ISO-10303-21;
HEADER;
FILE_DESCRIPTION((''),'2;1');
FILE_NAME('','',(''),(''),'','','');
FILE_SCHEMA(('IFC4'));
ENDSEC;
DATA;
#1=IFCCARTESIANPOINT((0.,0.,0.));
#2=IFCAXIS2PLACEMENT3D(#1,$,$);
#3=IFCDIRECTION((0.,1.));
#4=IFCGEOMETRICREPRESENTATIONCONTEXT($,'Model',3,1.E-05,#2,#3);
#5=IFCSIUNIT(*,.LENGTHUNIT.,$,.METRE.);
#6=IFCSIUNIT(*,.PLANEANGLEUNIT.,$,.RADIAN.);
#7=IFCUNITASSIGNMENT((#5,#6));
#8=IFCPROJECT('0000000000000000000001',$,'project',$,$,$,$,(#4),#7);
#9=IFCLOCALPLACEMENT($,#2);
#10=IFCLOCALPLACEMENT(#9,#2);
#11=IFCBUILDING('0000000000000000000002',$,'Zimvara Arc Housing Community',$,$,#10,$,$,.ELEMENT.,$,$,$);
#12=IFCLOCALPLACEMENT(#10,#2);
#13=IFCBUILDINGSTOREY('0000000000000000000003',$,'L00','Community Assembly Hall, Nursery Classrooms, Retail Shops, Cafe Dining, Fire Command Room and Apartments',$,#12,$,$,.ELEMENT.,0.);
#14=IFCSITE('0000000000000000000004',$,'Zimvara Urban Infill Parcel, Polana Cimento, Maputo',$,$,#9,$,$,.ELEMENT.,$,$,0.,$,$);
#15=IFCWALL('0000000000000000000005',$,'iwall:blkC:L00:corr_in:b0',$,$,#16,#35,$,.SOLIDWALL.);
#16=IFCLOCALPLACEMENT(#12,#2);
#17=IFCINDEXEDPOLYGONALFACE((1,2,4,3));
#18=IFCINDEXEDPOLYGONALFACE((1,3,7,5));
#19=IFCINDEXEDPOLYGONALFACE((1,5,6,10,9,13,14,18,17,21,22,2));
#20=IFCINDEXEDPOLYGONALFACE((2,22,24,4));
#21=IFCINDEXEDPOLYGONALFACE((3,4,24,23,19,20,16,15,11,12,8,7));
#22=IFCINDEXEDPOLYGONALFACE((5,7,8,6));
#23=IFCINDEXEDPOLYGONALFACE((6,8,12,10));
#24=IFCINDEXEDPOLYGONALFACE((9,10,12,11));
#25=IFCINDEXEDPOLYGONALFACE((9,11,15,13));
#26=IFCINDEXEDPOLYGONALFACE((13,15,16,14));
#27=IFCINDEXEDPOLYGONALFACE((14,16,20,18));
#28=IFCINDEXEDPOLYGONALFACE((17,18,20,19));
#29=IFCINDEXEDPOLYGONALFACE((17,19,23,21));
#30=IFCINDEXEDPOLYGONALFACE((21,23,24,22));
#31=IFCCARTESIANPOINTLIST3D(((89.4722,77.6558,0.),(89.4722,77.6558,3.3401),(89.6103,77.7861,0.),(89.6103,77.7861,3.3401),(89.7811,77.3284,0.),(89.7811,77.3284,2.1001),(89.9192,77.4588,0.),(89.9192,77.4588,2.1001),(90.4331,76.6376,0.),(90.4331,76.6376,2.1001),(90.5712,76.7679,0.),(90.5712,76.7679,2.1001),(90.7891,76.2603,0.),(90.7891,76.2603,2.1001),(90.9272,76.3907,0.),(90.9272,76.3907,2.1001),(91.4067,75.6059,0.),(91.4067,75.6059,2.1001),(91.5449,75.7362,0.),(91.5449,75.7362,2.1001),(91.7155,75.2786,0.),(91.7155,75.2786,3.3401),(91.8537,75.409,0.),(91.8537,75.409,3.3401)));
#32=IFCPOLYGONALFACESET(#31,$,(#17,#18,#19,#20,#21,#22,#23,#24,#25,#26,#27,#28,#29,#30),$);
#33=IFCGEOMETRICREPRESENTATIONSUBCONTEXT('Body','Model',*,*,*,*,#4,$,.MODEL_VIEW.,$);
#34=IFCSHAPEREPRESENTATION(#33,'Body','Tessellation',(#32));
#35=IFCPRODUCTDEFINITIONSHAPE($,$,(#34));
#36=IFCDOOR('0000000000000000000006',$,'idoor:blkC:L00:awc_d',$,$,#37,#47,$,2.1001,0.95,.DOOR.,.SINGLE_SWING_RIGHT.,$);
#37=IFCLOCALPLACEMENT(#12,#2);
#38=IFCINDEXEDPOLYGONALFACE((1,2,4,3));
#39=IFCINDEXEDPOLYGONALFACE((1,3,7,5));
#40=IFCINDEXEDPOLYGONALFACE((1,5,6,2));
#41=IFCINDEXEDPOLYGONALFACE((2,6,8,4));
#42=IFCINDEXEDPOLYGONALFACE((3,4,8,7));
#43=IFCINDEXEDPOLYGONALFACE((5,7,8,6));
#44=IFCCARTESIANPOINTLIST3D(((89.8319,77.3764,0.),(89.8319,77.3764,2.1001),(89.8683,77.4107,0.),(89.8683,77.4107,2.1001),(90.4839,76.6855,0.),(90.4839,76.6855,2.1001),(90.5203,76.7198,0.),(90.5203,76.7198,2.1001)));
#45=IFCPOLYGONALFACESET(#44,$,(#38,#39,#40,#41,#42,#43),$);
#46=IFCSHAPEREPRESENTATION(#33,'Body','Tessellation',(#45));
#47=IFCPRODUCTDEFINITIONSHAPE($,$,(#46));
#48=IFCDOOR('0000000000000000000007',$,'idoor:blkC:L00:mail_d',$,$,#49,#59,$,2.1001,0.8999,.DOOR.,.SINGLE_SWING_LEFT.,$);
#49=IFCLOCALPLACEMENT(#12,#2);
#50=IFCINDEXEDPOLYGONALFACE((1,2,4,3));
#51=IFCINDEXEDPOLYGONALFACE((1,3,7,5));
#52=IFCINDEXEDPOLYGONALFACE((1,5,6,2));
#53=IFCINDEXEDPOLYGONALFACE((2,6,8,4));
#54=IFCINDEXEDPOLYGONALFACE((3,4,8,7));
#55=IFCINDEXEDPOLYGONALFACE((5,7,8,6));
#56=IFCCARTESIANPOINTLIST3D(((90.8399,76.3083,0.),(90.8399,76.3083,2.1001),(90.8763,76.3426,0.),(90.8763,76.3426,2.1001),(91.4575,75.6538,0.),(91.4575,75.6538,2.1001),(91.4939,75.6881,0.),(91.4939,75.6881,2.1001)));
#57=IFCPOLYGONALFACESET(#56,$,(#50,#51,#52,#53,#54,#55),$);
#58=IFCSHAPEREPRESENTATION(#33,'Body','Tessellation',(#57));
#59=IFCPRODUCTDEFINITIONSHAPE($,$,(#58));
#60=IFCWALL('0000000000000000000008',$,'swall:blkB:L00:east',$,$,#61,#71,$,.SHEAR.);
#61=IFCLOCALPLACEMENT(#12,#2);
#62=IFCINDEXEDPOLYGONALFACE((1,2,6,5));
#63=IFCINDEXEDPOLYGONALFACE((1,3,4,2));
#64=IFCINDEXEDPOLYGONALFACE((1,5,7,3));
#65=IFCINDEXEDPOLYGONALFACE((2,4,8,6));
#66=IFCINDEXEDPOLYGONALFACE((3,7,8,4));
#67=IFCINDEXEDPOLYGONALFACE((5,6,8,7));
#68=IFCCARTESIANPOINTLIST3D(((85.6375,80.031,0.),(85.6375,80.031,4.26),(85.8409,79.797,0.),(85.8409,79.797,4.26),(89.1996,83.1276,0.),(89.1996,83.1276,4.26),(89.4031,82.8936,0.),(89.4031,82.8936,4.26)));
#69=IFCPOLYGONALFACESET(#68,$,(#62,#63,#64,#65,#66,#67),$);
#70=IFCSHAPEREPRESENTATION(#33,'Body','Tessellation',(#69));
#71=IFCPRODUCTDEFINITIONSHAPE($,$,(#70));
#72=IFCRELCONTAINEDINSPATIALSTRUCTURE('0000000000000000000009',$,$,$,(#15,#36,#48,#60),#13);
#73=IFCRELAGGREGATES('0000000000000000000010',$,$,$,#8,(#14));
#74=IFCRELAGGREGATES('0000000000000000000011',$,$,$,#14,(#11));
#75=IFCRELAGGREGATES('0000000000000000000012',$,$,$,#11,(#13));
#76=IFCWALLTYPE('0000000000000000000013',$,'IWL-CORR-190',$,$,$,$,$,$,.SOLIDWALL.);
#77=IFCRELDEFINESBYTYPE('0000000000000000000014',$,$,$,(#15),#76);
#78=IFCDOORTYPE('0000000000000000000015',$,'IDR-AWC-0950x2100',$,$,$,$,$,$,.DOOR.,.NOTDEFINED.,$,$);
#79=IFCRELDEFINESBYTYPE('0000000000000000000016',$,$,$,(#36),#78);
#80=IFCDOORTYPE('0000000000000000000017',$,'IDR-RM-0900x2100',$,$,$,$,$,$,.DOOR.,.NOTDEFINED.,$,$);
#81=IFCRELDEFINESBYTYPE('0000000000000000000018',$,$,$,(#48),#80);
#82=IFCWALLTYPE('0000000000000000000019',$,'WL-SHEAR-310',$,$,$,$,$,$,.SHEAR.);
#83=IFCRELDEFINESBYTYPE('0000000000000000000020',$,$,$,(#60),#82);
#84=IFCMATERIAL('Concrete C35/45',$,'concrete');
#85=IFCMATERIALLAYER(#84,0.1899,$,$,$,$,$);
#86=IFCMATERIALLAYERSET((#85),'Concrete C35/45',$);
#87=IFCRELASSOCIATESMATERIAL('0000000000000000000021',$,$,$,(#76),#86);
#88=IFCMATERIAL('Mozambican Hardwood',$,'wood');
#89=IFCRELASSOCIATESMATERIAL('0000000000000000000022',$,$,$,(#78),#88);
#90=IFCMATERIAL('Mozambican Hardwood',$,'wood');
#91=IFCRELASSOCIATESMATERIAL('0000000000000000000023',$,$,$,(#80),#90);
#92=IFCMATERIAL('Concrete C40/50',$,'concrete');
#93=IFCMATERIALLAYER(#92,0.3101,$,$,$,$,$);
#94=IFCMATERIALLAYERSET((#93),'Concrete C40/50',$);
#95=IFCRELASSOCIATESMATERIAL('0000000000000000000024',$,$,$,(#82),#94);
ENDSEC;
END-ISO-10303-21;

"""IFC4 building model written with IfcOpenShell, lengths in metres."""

from ifc_helpers import new_model, si_unit, direction, frame, frame_2d, origin, place, context, subcontext, project, spatial, rectangle, extrude, material, layer, layer_set, type_object, element, fill, save


model = new_model("IFC4")

# Units and contexts
model_context = context("Model", 3, precision=1e-05, world=origin(), true_north=direction((0.0, 1.0)))
body_context = subcontext(model_context, "Body", "Model", "MODEL_VIEW")
ifc_project = project(units=[si_unit("LENGTHUNIT", "METRE"), si_unit("PLANEANGLEUNIT", "RADIAN")], contexts=[model_context])

# Site, building, storey
site_placement = place(None, origin())
site = spatial("IfcSite", under=ifc_project, at=site_placement, Name="Zimvara Urban Infill Parcel, Polana Cimento, Maputo", CompositionType="ELEMENT", RefElevation=0.0)
building_placement = place(site_placement, origin())
building = spatial("IfcBuilding", under=site, at=building_placement, Name="Zimvara Arc Housing Community", CompositionType="ELEMENT")
storey_placement = place(building_placement, origin())
storey = spatial("IfcBuildingStorey", under=building, at=storey_placement, Name="L00", Description="Community Assembly Hall, Nursery Classrooms, Retail Shops, Cafe Dining, Fire Command Room and Apartments", CompositionType="ELEMENT", Elevation=0.0)

# Wall, openings, doors
ifc_material_1 = material(Name="Concrete C35/45", Category="concrete")
ifc_layer_1 = layer(ifc_material_1, 0.1899)
ifc_layer_set_1 = layer_set([ifc_layer_1], Name="Concrete C35/45")
wall_type_1 = type_object("IfcWallType", Name="IWL-CORR-190", PredefinedType="SOLIDWALL", material=ifc_layer_set_1)
wall_1_placement = place(storey_placement, frame((89.5413, 77.7209, 0.0), z_axis=(0.0, 0.0, 1.0), x_axis=(0.686345, -0.727276, 0.0)))
wall_1 = element("IfcWall", 1, at=wall_1_placement, inside=storey, type_object=wall_type_1, Name="iwall:blkC:L00:corr_in:b0", PredefinedType="SOLIDWALL", context=body_context, shape_type="SweptSolid", body=[
    extrude(rectangle(XDim=3.2686, YDim=0.1899, at=frame_2d((1.6343, 0.0))), origin(), (0.0, 0.0, 1.0), 3.3401),
])
opening_1_placement = place(wall_1_placement, frame((0.45, 0.0, 0.0)))
opening_1 = element("IfcOpeningElement", 2, at=opening_1_placement, cuts=wall_1, PredefinedType="OPENING", context=body_context, shape_type="SweptSolid", body=[
    extrude(rectangle(XDim=0.95, YDim=2.1001, at=frame_2d((0.4751, 1.05))), frame((0.0, 0.105, 0.0), z_axis=(0.0, -1.0, 0.0), x_axis=(1.0, 0.0, 0.0)), (0.0, 0.0, 1.0), 0.21),
])
opening_2_placement = place(wall_1_placement, frame((1.9187, 0.0, 0.0)))
opening_2 = element("IfcOpeningElement", 3, at=opening_2_placement, cuts=wall_1, PredefinedType="OPENING", context=body_context, shape_type="SweptSolid", body=[
    extrude(rectangle(XDim=0.8999, YDim=2.1001, at=frame_2d((0.45, 1.05))), frame((0.0, 0.105, 0.0), z_axis=(0.0, -1.0, 0.0), x_axis=(1.0, 0.0, 0.0)), (0.0, 0.0, 1.0), 0.21),
])
ifc_material_2 = material(Name="Mozambican Hardwood", Category="wood")
door_type_1 = type_object("IfcDoorType", Name="IDR-AWC-0950x2100", OperationType="NOTDEFINED", PredefinedType="DOOR", material=ifc_material_2)
door_1_placement = place(opening_1_placement, origin())
door_1 = element("IfcDoor", 4, at=door_1_placement, inside=storey, type_object=door_type_1, Name="idoor:blkC:L00:awc_d", OperationType="SINGLE_SWING_RIGHT", OverallHeight=2.1001, OverallWidth=0.95, PredefinedType="DOOR", context=body_context, shape_type="SweptSolid", body=[
    extrude(rectangle(XDim=0.95, YDim=2.1001, at=frame_2d((0.4751, 1.05))), frame((0.0, 0.0249, 0.0), z_axis=(0.0, -1.0, 0.0), x_axis=(1.0, 0.0, 0.0)), (0.0, 0.0, 1.0), 0.05),
])
fill(opening_1, door_1)
ifc_material_3 = material(Name="Mozambican Hardwood", Category="wood")
door_type_2 = type_object("IfcDoorType", Name="IDR-RM-0900x2100", OperationType="NOTDEFINED", PredefinedType="DOOR", material=ifc_material_3)
door_2_placement = place(opening_2_placement, origin())
door_2 = element("IfcDoor", 5, at=door_2_placement, inside=storey, type_object=door_type_2, Name="idoor:blkC:L00:mail_d", OperationType="SINGLE_SWING_LEFT", OverallHeight=2.1001, OverallWidth=0.8999, PredefinedType="DOOR", context=body_context, shape_type="SweptSolid", body=[
    extrude(rectangle(XDim=0.8999, YDim=2.1001, at=frame_2d((0.45, 1.05))), frame((0.0, 0.0249, 0.0), z_axis=(0.0, -1.0, 0.0), x_axis=(1.0, 0.0, 0.0)), (0.0, 0.0, 1.0), 0.05),
])
fill(opening_2, door_2)

# Wall
ifc_material_4 = material(Name="Concrete C40/50", Category="concrete")
ifc_layer_2 = layer(ifc_material_4, 0.3101)
ifc_layer_set_2 = layer_set([ifc_layer_2], Name="Concrete C40/50")
wall_type_2 = type_object("IfcWallType", Name="WL-SHEAR-310", PredefinedType="SHEAR", material=ifc_layer_set_2)
wall_2_placement = place(storey_placement, frame((85.7393, 79.9141, 0.0), z_axis=(0.0, 0.0, 1.0), x_axis=(0.754704, 0.656066, 0.0)))
element("IfcWall", 6, at=wall_2_placement, inside=storey, type_object=wall_type_2, Name="swall:blkB:L00:east", PredefinedType="SHEAR", context=body_context, shape_type="SweptSolid", body=[
    extrude(rectangle(XDim=4.72, YDim=0.3101, at=frame_2d((2.3599, 0.0))), origin(), (0.0, 0.0, 1.0), 4.26),
])

save(model, "model.ifc")
